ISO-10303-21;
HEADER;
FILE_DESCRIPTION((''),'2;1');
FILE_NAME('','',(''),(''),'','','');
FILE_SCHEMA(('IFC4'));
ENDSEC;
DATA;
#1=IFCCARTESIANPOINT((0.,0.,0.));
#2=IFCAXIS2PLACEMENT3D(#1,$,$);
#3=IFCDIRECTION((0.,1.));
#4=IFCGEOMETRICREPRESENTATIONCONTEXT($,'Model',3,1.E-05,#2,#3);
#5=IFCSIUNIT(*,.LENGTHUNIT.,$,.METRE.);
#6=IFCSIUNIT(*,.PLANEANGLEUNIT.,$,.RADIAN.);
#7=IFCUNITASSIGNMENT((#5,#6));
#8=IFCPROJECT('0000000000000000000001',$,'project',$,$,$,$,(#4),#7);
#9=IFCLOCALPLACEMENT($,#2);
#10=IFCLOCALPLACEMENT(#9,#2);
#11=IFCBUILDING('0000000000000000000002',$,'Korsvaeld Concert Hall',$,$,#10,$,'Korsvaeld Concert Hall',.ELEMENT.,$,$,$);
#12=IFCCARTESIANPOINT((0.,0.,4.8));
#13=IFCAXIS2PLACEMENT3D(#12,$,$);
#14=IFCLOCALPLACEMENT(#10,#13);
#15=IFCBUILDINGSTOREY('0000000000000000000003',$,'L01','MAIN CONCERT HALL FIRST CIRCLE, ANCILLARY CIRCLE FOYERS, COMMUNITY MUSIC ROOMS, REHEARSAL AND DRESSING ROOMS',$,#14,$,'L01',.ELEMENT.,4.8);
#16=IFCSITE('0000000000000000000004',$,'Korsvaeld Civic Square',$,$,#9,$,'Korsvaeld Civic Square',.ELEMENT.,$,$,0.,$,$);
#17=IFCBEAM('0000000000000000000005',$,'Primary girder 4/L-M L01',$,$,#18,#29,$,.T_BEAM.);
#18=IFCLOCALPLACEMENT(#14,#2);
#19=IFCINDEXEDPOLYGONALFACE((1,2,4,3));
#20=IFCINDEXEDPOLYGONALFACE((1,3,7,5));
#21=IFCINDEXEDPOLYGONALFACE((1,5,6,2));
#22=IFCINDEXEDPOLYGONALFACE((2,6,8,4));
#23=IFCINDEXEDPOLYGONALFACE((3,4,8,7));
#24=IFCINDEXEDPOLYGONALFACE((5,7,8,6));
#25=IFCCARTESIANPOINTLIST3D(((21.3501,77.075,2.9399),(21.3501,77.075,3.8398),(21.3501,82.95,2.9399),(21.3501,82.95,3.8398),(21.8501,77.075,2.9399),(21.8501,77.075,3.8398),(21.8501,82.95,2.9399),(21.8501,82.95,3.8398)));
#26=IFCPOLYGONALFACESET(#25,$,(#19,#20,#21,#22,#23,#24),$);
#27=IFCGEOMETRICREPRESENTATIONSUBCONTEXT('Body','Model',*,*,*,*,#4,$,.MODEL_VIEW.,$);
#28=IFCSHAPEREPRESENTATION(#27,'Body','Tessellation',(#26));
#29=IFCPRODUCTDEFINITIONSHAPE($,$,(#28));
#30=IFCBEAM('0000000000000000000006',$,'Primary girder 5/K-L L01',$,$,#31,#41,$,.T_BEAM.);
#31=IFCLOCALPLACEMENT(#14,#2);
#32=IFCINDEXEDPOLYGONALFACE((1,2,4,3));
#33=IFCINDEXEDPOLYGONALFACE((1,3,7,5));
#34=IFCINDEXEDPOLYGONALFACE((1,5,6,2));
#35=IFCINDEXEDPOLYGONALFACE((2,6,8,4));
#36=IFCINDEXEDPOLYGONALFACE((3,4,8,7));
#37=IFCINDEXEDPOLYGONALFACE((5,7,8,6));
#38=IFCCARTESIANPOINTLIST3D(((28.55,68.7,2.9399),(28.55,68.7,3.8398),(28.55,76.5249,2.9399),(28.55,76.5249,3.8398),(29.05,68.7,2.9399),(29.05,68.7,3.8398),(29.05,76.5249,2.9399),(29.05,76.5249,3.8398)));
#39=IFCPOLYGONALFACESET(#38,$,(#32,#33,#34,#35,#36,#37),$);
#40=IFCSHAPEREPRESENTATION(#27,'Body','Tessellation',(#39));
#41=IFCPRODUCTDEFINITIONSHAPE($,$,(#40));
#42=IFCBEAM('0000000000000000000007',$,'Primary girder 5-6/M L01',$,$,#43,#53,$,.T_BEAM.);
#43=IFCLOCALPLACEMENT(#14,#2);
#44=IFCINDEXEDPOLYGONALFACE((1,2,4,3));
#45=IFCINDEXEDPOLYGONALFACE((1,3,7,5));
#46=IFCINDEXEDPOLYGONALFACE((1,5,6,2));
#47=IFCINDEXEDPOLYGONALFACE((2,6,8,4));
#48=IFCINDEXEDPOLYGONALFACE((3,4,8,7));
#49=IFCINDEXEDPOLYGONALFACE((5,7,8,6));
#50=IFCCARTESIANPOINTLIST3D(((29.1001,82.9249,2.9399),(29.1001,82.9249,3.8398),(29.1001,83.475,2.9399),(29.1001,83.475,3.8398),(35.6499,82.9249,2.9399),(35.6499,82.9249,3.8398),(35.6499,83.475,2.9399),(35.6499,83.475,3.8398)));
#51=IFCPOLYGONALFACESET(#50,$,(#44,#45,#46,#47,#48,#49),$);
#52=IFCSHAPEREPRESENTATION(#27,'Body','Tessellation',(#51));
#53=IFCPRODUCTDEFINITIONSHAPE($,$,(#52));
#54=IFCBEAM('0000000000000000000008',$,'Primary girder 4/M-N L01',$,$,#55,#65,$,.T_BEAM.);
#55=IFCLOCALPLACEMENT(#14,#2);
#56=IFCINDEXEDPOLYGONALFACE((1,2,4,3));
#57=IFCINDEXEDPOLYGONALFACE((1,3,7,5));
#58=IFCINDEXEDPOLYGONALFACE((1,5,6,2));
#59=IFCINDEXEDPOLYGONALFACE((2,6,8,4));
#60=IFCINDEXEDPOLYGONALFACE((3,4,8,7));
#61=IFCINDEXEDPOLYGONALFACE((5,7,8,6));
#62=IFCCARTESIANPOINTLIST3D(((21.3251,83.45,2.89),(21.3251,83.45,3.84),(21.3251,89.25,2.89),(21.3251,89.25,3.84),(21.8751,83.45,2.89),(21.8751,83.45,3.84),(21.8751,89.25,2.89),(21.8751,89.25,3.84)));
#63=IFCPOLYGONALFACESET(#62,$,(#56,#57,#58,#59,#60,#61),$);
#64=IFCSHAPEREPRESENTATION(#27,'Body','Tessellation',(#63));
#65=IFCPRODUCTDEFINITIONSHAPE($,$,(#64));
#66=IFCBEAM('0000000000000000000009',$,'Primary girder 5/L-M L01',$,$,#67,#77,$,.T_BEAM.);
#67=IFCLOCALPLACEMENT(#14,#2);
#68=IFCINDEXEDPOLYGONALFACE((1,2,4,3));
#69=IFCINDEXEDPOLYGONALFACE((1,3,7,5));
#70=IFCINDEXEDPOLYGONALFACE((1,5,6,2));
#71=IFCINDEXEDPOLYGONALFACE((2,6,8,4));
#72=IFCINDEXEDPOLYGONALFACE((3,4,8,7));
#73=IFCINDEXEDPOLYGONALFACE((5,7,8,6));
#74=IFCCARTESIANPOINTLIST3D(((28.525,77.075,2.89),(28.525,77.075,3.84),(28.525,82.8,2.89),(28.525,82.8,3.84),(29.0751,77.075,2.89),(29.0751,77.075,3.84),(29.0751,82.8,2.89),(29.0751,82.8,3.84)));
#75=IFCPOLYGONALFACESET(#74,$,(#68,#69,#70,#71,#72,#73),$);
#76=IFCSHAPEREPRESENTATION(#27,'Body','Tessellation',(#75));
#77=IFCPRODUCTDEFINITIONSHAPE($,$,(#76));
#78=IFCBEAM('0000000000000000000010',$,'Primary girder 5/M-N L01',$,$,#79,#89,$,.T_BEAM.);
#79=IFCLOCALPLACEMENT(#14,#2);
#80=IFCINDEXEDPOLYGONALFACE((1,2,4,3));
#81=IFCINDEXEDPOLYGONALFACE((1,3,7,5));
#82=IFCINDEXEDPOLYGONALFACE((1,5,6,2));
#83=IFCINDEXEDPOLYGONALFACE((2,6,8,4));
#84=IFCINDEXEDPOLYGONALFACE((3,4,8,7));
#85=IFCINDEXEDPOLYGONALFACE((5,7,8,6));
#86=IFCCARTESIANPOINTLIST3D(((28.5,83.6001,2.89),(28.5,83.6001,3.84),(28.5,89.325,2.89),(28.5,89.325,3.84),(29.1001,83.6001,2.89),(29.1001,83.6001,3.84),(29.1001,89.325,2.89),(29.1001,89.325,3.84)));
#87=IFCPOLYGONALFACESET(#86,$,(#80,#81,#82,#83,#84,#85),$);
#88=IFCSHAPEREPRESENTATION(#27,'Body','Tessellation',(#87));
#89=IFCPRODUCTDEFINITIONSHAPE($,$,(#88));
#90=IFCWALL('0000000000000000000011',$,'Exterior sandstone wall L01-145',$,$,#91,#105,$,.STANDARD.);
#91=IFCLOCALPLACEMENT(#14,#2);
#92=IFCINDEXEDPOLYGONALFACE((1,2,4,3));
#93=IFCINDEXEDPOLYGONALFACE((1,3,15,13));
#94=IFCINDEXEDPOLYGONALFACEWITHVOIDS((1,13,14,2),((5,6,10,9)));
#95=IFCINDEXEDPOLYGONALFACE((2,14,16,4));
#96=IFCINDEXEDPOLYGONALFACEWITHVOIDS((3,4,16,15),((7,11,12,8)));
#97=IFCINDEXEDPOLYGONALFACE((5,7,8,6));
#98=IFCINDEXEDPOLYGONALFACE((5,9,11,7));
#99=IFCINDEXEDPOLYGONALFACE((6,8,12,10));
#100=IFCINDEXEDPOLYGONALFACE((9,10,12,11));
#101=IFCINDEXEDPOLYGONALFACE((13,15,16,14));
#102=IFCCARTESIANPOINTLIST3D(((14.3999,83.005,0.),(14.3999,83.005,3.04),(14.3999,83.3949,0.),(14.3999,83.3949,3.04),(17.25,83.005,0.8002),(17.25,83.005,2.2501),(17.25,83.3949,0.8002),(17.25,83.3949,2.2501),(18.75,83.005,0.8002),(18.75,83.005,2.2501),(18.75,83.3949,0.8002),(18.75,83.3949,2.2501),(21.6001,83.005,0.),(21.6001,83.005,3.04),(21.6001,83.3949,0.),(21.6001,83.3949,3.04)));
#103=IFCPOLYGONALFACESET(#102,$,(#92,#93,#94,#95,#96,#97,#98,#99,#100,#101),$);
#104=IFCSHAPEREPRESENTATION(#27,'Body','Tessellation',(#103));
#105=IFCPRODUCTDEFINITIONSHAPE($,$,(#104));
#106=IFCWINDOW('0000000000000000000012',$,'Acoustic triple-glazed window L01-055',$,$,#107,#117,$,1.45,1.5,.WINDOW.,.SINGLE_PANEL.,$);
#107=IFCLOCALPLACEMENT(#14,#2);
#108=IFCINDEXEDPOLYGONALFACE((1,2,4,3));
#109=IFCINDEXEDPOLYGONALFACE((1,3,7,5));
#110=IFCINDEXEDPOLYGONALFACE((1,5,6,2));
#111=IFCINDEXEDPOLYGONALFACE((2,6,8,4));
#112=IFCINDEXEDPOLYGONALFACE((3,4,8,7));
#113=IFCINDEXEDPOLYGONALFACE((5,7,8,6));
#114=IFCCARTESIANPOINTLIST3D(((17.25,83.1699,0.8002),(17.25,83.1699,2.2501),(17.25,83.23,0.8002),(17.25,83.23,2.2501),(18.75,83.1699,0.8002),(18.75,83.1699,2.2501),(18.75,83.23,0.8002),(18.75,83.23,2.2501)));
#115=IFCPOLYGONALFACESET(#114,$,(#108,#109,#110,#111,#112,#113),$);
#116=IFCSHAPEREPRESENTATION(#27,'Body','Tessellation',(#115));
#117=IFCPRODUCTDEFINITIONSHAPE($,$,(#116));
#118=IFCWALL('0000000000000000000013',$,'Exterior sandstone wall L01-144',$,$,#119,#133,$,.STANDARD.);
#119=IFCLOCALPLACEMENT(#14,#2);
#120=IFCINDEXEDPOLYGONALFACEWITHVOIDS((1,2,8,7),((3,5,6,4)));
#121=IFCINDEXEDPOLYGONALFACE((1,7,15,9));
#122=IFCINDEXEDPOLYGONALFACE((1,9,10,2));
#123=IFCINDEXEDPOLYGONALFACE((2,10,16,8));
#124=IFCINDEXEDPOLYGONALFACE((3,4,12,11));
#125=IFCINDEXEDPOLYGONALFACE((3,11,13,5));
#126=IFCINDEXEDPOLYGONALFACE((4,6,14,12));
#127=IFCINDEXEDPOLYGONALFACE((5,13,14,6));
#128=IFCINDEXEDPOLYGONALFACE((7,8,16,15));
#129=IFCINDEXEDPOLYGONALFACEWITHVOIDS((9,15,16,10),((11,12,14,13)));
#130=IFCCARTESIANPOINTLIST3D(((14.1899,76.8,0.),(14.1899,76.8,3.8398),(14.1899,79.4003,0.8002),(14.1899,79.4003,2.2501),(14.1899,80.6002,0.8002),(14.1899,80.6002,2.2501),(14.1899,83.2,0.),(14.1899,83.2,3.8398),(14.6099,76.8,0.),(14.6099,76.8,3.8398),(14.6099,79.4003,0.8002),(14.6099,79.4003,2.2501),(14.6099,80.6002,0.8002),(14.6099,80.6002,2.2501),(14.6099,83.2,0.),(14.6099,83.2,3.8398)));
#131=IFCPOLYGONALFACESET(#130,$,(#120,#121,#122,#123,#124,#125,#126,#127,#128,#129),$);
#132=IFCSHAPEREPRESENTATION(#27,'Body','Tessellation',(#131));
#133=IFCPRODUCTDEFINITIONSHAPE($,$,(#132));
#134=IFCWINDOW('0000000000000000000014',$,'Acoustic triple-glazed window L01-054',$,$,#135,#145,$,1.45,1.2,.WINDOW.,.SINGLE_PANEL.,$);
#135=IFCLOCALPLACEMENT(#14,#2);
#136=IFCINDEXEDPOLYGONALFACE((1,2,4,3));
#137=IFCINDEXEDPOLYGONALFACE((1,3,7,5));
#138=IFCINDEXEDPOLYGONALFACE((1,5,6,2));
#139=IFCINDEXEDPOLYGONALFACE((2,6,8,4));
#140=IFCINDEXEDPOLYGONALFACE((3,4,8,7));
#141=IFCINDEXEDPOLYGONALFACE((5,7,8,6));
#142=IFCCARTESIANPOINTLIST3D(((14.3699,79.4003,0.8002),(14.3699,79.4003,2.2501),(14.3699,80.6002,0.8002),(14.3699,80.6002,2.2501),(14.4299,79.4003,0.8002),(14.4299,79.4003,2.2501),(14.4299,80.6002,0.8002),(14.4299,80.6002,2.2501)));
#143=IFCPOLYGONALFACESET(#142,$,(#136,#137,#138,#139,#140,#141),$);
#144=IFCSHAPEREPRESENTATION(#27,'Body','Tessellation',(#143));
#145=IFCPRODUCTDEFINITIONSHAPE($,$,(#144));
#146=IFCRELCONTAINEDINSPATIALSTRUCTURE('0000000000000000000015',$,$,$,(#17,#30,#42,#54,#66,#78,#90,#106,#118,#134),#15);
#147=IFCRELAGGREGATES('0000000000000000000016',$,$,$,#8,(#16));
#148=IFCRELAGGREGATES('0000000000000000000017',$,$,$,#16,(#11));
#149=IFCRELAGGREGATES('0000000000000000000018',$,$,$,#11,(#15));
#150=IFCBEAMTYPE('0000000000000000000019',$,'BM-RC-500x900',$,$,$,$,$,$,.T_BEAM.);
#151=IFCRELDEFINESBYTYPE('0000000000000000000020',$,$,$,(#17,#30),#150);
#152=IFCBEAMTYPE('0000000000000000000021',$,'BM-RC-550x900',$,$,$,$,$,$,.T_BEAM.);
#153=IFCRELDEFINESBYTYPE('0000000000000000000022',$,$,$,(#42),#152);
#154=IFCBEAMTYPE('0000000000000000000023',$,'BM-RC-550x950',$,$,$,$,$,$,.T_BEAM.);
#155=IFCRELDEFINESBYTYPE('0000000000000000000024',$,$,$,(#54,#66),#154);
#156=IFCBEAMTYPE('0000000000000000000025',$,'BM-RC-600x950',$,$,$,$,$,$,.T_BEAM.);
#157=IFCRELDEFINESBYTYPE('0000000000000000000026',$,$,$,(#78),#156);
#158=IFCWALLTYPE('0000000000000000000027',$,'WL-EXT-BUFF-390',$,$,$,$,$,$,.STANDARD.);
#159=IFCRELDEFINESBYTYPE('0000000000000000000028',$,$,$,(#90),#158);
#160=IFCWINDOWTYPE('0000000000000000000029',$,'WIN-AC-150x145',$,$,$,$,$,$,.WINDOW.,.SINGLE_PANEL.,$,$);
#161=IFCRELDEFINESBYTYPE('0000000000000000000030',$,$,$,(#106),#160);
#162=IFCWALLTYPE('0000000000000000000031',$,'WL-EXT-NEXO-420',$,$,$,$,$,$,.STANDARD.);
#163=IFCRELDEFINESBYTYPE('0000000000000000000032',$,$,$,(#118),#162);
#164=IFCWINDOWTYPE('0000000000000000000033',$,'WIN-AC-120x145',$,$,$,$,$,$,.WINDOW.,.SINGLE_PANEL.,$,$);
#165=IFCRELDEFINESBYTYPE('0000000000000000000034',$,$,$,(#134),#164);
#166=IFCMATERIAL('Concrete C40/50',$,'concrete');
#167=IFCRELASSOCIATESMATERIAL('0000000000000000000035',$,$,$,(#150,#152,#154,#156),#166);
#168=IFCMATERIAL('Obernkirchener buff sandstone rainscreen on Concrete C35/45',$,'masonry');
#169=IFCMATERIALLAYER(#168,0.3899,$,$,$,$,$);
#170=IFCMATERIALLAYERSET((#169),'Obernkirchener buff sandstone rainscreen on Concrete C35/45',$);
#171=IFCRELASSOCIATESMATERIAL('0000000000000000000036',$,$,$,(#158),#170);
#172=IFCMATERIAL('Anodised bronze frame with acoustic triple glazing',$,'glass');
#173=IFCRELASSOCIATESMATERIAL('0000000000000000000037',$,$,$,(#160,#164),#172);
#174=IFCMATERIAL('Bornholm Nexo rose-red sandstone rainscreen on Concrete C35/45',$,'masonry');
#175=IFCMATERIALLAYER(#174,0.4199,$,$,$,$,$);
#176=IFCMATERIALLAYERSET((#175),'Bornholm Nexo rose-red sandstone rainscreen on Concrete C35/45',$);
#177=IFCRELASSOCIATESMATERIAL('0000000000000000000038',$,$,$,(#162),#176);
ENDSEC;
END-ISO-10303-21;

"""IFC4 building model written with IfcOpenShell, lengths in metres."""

from ifc_helpers import new_model, si_unit, direction, frame, frame_2d, origin, origin_2d, place, context, subcontext, project, spatial, rectangle, extrude, material, layer, layer_set, material_profile, profile_set, type_object, element, fill, save


model = new_model("IFC4")

# Units and contexts
model_context = context("Model", 3, precision=1e-05, world=origin(), true_north=direction((0.0, 1.0)))
body_context = subcontext(model_context, "Body", "Model", "MODEL_VIEW")
ifc_project = project(units=[si_unit("LENGTHUNIT", "METRE"), si_unit("PLANEANGLEUNIT", "RADIAN")], contexts=[model_context])

# Site, building, storey
site_placement = place(None, origin())
site = spatial("IfcSite", under=ifc_project, at=site_placement, Name="Korsvaeld Civic Square", LongName="Korsvaeld Civic Square", CompositionType="ELEMENT", RefElevation=0.0)
building_placement = place(site_placement, origin())
building = spatial("IfcBuilding", under=site, at=building_placement, Name="Korsvaeld Concert Hall", LongName="Korsvaeld Concert Hall", CompositionType="ELEMENT")
storey_placement = place(building_placement, frame((0.0, 0.0, 4.8)))
storey = spatial("IfcBuildingStorey", under=building, at=storey_placement, Name="L01", Description="MAIN CONCERT HALL FIRST CIRCLE, ANCILLARY CIRCLE FOYERS, COMMUNITY MUSIC ROOMS, REHEARSAL AND DRESSING ROOMS", LongName="L01", CompositionType="ELEMENT", Elevation=4.8)

# Shared definitions
ifc_material_1 = material(Name="Concrete C40/50", Category="concrete")

# Beams
ifc_material_profile_1 = material_profile(ifc_material_1, rectangle(XDim=0.5, YDim=0.8999, at=origin_2d()), Name="RC 500x900")
ifc_profile_set_1 = profile_set([ifc_material_profile_1], Name="Concrete C40/50")
beam_type_1 = type_object("IfcBeamType", Name="BM-RC-500x900", PredefinedType="T_BEAM", material=ifc_profile_set_1)
beam_1_placement = place(storey_placement, frame((21.6001, 77.075, 3.3899), z_axis=(0.0, 1.0, 0.0), x_axis=(-1.0, 0.0, 0.0)))
element("IfcBeam", 1, at=beam_1_placement, inside=storey, type_object=beam_type_1, Name="Primary girder 4/L-M L01", PredefinedType="T_BEAM", context=body_context, shape_type="SweptSolid", body=[
    extrude(rectangle(XDim=0.5, YDim=0.8999, at=origin_2d()), origin(), (0.0, 0.0, 1.0), 5.875),
])
beam_2_placement = place(storey_placement, frame((28.8, 68.7, 3.3899), z_axis=(0.0, 1.0, 0.0), x_axis=(-1.0, 0.0, 0.0)))
element("IfcBeam", 2, at=beam_2_placement, inside=storey, type_object=beam_type_1, Name="Primary girder 5/K-L L01", PredefinedType="T_BEAM", context=body_context, shape_type="SweptSolid", body=[
    extrude(rectangle(XDim=0.5, YDim=0.8999, at=origin_2d()), origin(), (0.0, 0.0, 1.0), 7.825),
])
ifc_material_profile_2 = material_profile(ifc_material_1, rectangle(XDim=0.55, YDim=0.8999, at=origin_2d()), Name="RC 550x900")
ifc_profile_set_2 = profile_set([ifc_material_profile_2], Name="Concrete C40/50")
beam_type_2 = type_object("IfcBeamType", Name="BM-RC-550x900", PredefinedType="T_BEAM", material=ifc_profile_set_2)
beam_3_placement = place(storey_placement, frame((29.1001, 83.2, 3.3899), z_axis=(1.0, 0.0, 0.0), x_axis=(0.0, 1.0, 0.0)))
element("IfcBeam", 3, at=beam_3_placement, inside=storey, type_object=beam_type_2, Name="Primary girder 5-6/M L01", PredefinedType="T_BEAM", context=body_context, shape_type="SweptSolid", body=[
    extrude(rectangle(XDim=0.55, YDim=0.8999, at=origin_2d()), origin(), (0.0, 0.0, 1.0), 6.5498),
])
ifc_material_profile_3 = material_profile(ifc_material_1, rectangle(XDim=0.55, YDim=0.95, at=origin_2d()), Name="RC 550x950")
ifc_profile_set_3 = profile_set([ifc_material_profile_3], Name="Concrete C40/50")
beam_type_3 = type_object("IfcBeamType", Name="BM-RC-550x950", PredefinedType="T_BEAM", material=ifc_profile_set_3)
beam_4_placement = place(storey_placement, frame((21.6001, 83.45, 3.365), z_axis=(0.0, 1.0, 0.0), x_axis=(-1.0, 0.0, 0.0)))
element("IfcBeam", 4, at=beam_4_placement, inside=storey, type_object=beam_type_3, Name="Primary girder 4/M-N L01", PredefinedType="T_BEAM", context=body_context, shape_type="SweptSolid", body=[
    extrude(rectangle(XDim=0.55, YDim=0.95, at=origin_2d()), origin(), (0.0, 0.0, 1.0), 5.8),
])
beam_5_placement = place(storey_placement, frame((28.8, 77.075, 3.365), z_axis=(0.0, 1.0, 0.0), x_axis=(-1.0, 0.0, 0.0)))
element("IfcBeam", 5, at=beam_5_placement, inside=storey, type_object=beam_type_3, Name="Primary girder 5/L-M L01", PredefinedType="T_BEAM", context=body_context, shape_type="SweptSolid", body=[
    extrude(rectangle(XDim=0.55, YDim=0.95, at=origin_2d()), origin(), (0.0, 0.0, 1.0), 5.7251),
])
ifc_material_profile_4 = material_profile(ifc_material_1, rectangle(XDim=0.6001, YDim=0.95, at=origin_2d()), Name="RC 600x950")
ifc_profile_set_4 = profile_set([ifc_material_profile_4], Name="Concrete C40/50")
beam_type_4 = type_object("IfcBeamType", Name="BM-RC-600x950", PredefinedType="T_BEAM", material=ifc_profile_set_4)
beam_6_placement = place(storey_placement, frame((28.8, 83.6001, 3.365), z_axis=(0.0, 1.0, 0.0), x_axis=(-1.0, 0.0, 0.0)))
element("IfcBeam", 6, at=beam_6_placement, inside=storey, type_object=beam_type_4, Name="Primary girder 5/M-N L01", PredefinedType="T_BEAM", context=body_context, shape_type="SweptSolid", body=[
    extrude(rectangle(XDim=0.6001, YDim=0.95, at=origin_2d()), origin(), (0.0, 0.0, 1.0), 5.7249),
])

# Walls, openings, windows
ifc_material_2 = material(Name="Obernkirchener buff sandstone rainscreen on Concrete C35/45", Category="masonry")
ifc_layer_1 = layer(ifc_material_2, 0.3899)
ifc_layer_set_1 = layer_set([ifc_layer_1], Name="Obernkirchener buff sandstone rainscreen on Concrete C35/45")
wall_type_1 = type_object("IfcWallType", Name="WL-EXT-BUFF-390", PredefinedType="STANDARD", material=ifc_layer_set_1)
wall_1_placement = place(storey_placement, frame((14.3999, 83.2, 0.0), z_axis=(0.0, 0.0, 1.0), x_axis=(1.0, 0.0, 0.0)))
wall_1 = element("IfcWall", 7, at=wall_1_placement, inside=storey, type_object=wall_type_1, Name="Exterior sandstone wall L01-145", PredefinedType="STANDARD", context=body_context, shape_type="SweptSolid", body=[
    extrude(rectangle(XDim=7.2002, YDim=0.3899, at=frame_2d((3.6001, 0.0))), origin(), (0.0, 0.0, 1.0), 3.04),
])
opening_1_placement = place(wall_1_placement, frame((2.8501, 0.0, 0.8)))
opening_1 = element("IfcOpeningElement", 8, at=opening_1_placement, cuts=wall_1, PredefinedType="OPENING", context=body_context, shape_type="SweptSolid", body=[
    extrude(rectangle(XDim=1.5, YDim=1.45, at=frame_2d((0.75, 0.7251))), frame((0.0, 0.2051, 0.0), z_axis=(0.0, -1.0, 0.0), x_axis=(1.0, 0.0, 0.0)), (0.0, 0.0, 1.0), 0.4099),
])
ifc_material_3 = material(Name="Anodised bronze frame with acoustic triple glazing", Category="glass")
window_type_1 = type_object("IfcWindowType", Name="WIN-AC-150x145", PartitioningType="SINGLE_PANEL", PredefinedType="WINDOW", material=ifc_material_3)
window_1_placement = place(opening_1_placement, origin())
window_1 = element("IfcWindow", 9, at=window_1_placement, inside=storey, type_object=window_type_1, Name="Acoustic triple-glazed window L01-055", OverallHeight=1.45, OverallWidth=1.5, PartitioningType="SINGLE_PANEL", PredefinedType="WINDOW", context=body_context, shape_type="SweptSolid", body=[
    extrude(rectangle(XDim=1.5, YDim=1.45, at=frame_2d((0.75, 0.7251))), frame((0.0, 0.03, 0.0), z_axis=(0.0, -1.0, 0.0), x_axis=(1.0, 0.0, 0.0)), (0.0, 0.0, 1.0), 0.0601),
])
fill(opening_1, window_1)
ifc_material_4 = material(Name="Bornholm Nexo rose-red sandstone rainscreen on Concrete C35/45", Category="masonry")
ifc_layer_2 = layer(ifc_material_4, 0.4199)
ifc_layer_set_2 = layer_set([ifc_layer_2], Name="Bornholm Nexo rose-red sandstone rainscreen on Concrete C35/45")
wall_type_2 = type_object("IfcWallType", Name="WL-EXT-NEXO-420", PredefinedType="STANDARD", material=ifc_layer_set_2)
wall_2_placement = place(storey_placement, frame((14.3999, 76.8, 0.0), z_axis=(0.0, 0.0, 1.0), x_axis=(0.0, 1.0, 0.0)))
wall_2 = element("IfcWall", 10, at=wall_2_placement, inside=storey, type_object=wall_type_2, Name="Exterior sandstone wall L01-144", PredefinedType="STANDARD", context=body_context, shape_type="SweptSolid", body=[
    extrude(rectangle(XDim=6.3999, YDim=0.4199, at=frame_2d((3.2, 0.0))), origin(), (0.0, 0.0, 1.0), 3.8398),
])
opening_2_placement = place(wall_2_placement, frame((2.6001, 0.0, 0.8)))
opening_2 = element("IfcOpeningElement", 11, at=opening_2_placement, cuts=wall_2, PredefinedType="OPENING", context=body_context, shape_type="SweptSolid", body=[
    extrude(rectangle(XDim=1.2, YDim=1.45, at=frame_2d((0.6001, 0.7251))), frame((0.0, 0.22, 0.0), z_axis=(0.0, -1.0, 0.0), x_axis=(1.0, 0.0, 0.0)), (0.0, 0.0, 1.0), 0.4399),
])
window_type_2 = type_object("IfcWindowType", Name="WIN-AC-120x145", PartitioningType="SINGLE_PANEL", PredefinedType="WINDOW", material=ifc_material_3)
window_2_placement = place(opening_2_placement, origin())
window_2 = element("IfcWindow", 12, at=window_2_placement, inside=storey, type_object=window_type_2, Name="Acoustic triple-glazed window L01-054", OverallHeight=1.45, OverallWidth=1.2, PartitioningType="SINGLE_PANEL", PredefinedType="WINDOW", context=body_context, shape_type="SweptSolid", body=[
    extrude(rectangle(XDim=1.2, YDim=1.45, at=frame_2d((0.6001, 0.7251))), frame((0.0, 0.03, 0.0), z_axis=(0.0, -1.0, 0.0), x_axis=(1.0, 0.0, 0.0)), (0.0, 0.0, 1.0), 0.0601),
])
fill(opening_2, window_2)

save(model, "model.ifc")
